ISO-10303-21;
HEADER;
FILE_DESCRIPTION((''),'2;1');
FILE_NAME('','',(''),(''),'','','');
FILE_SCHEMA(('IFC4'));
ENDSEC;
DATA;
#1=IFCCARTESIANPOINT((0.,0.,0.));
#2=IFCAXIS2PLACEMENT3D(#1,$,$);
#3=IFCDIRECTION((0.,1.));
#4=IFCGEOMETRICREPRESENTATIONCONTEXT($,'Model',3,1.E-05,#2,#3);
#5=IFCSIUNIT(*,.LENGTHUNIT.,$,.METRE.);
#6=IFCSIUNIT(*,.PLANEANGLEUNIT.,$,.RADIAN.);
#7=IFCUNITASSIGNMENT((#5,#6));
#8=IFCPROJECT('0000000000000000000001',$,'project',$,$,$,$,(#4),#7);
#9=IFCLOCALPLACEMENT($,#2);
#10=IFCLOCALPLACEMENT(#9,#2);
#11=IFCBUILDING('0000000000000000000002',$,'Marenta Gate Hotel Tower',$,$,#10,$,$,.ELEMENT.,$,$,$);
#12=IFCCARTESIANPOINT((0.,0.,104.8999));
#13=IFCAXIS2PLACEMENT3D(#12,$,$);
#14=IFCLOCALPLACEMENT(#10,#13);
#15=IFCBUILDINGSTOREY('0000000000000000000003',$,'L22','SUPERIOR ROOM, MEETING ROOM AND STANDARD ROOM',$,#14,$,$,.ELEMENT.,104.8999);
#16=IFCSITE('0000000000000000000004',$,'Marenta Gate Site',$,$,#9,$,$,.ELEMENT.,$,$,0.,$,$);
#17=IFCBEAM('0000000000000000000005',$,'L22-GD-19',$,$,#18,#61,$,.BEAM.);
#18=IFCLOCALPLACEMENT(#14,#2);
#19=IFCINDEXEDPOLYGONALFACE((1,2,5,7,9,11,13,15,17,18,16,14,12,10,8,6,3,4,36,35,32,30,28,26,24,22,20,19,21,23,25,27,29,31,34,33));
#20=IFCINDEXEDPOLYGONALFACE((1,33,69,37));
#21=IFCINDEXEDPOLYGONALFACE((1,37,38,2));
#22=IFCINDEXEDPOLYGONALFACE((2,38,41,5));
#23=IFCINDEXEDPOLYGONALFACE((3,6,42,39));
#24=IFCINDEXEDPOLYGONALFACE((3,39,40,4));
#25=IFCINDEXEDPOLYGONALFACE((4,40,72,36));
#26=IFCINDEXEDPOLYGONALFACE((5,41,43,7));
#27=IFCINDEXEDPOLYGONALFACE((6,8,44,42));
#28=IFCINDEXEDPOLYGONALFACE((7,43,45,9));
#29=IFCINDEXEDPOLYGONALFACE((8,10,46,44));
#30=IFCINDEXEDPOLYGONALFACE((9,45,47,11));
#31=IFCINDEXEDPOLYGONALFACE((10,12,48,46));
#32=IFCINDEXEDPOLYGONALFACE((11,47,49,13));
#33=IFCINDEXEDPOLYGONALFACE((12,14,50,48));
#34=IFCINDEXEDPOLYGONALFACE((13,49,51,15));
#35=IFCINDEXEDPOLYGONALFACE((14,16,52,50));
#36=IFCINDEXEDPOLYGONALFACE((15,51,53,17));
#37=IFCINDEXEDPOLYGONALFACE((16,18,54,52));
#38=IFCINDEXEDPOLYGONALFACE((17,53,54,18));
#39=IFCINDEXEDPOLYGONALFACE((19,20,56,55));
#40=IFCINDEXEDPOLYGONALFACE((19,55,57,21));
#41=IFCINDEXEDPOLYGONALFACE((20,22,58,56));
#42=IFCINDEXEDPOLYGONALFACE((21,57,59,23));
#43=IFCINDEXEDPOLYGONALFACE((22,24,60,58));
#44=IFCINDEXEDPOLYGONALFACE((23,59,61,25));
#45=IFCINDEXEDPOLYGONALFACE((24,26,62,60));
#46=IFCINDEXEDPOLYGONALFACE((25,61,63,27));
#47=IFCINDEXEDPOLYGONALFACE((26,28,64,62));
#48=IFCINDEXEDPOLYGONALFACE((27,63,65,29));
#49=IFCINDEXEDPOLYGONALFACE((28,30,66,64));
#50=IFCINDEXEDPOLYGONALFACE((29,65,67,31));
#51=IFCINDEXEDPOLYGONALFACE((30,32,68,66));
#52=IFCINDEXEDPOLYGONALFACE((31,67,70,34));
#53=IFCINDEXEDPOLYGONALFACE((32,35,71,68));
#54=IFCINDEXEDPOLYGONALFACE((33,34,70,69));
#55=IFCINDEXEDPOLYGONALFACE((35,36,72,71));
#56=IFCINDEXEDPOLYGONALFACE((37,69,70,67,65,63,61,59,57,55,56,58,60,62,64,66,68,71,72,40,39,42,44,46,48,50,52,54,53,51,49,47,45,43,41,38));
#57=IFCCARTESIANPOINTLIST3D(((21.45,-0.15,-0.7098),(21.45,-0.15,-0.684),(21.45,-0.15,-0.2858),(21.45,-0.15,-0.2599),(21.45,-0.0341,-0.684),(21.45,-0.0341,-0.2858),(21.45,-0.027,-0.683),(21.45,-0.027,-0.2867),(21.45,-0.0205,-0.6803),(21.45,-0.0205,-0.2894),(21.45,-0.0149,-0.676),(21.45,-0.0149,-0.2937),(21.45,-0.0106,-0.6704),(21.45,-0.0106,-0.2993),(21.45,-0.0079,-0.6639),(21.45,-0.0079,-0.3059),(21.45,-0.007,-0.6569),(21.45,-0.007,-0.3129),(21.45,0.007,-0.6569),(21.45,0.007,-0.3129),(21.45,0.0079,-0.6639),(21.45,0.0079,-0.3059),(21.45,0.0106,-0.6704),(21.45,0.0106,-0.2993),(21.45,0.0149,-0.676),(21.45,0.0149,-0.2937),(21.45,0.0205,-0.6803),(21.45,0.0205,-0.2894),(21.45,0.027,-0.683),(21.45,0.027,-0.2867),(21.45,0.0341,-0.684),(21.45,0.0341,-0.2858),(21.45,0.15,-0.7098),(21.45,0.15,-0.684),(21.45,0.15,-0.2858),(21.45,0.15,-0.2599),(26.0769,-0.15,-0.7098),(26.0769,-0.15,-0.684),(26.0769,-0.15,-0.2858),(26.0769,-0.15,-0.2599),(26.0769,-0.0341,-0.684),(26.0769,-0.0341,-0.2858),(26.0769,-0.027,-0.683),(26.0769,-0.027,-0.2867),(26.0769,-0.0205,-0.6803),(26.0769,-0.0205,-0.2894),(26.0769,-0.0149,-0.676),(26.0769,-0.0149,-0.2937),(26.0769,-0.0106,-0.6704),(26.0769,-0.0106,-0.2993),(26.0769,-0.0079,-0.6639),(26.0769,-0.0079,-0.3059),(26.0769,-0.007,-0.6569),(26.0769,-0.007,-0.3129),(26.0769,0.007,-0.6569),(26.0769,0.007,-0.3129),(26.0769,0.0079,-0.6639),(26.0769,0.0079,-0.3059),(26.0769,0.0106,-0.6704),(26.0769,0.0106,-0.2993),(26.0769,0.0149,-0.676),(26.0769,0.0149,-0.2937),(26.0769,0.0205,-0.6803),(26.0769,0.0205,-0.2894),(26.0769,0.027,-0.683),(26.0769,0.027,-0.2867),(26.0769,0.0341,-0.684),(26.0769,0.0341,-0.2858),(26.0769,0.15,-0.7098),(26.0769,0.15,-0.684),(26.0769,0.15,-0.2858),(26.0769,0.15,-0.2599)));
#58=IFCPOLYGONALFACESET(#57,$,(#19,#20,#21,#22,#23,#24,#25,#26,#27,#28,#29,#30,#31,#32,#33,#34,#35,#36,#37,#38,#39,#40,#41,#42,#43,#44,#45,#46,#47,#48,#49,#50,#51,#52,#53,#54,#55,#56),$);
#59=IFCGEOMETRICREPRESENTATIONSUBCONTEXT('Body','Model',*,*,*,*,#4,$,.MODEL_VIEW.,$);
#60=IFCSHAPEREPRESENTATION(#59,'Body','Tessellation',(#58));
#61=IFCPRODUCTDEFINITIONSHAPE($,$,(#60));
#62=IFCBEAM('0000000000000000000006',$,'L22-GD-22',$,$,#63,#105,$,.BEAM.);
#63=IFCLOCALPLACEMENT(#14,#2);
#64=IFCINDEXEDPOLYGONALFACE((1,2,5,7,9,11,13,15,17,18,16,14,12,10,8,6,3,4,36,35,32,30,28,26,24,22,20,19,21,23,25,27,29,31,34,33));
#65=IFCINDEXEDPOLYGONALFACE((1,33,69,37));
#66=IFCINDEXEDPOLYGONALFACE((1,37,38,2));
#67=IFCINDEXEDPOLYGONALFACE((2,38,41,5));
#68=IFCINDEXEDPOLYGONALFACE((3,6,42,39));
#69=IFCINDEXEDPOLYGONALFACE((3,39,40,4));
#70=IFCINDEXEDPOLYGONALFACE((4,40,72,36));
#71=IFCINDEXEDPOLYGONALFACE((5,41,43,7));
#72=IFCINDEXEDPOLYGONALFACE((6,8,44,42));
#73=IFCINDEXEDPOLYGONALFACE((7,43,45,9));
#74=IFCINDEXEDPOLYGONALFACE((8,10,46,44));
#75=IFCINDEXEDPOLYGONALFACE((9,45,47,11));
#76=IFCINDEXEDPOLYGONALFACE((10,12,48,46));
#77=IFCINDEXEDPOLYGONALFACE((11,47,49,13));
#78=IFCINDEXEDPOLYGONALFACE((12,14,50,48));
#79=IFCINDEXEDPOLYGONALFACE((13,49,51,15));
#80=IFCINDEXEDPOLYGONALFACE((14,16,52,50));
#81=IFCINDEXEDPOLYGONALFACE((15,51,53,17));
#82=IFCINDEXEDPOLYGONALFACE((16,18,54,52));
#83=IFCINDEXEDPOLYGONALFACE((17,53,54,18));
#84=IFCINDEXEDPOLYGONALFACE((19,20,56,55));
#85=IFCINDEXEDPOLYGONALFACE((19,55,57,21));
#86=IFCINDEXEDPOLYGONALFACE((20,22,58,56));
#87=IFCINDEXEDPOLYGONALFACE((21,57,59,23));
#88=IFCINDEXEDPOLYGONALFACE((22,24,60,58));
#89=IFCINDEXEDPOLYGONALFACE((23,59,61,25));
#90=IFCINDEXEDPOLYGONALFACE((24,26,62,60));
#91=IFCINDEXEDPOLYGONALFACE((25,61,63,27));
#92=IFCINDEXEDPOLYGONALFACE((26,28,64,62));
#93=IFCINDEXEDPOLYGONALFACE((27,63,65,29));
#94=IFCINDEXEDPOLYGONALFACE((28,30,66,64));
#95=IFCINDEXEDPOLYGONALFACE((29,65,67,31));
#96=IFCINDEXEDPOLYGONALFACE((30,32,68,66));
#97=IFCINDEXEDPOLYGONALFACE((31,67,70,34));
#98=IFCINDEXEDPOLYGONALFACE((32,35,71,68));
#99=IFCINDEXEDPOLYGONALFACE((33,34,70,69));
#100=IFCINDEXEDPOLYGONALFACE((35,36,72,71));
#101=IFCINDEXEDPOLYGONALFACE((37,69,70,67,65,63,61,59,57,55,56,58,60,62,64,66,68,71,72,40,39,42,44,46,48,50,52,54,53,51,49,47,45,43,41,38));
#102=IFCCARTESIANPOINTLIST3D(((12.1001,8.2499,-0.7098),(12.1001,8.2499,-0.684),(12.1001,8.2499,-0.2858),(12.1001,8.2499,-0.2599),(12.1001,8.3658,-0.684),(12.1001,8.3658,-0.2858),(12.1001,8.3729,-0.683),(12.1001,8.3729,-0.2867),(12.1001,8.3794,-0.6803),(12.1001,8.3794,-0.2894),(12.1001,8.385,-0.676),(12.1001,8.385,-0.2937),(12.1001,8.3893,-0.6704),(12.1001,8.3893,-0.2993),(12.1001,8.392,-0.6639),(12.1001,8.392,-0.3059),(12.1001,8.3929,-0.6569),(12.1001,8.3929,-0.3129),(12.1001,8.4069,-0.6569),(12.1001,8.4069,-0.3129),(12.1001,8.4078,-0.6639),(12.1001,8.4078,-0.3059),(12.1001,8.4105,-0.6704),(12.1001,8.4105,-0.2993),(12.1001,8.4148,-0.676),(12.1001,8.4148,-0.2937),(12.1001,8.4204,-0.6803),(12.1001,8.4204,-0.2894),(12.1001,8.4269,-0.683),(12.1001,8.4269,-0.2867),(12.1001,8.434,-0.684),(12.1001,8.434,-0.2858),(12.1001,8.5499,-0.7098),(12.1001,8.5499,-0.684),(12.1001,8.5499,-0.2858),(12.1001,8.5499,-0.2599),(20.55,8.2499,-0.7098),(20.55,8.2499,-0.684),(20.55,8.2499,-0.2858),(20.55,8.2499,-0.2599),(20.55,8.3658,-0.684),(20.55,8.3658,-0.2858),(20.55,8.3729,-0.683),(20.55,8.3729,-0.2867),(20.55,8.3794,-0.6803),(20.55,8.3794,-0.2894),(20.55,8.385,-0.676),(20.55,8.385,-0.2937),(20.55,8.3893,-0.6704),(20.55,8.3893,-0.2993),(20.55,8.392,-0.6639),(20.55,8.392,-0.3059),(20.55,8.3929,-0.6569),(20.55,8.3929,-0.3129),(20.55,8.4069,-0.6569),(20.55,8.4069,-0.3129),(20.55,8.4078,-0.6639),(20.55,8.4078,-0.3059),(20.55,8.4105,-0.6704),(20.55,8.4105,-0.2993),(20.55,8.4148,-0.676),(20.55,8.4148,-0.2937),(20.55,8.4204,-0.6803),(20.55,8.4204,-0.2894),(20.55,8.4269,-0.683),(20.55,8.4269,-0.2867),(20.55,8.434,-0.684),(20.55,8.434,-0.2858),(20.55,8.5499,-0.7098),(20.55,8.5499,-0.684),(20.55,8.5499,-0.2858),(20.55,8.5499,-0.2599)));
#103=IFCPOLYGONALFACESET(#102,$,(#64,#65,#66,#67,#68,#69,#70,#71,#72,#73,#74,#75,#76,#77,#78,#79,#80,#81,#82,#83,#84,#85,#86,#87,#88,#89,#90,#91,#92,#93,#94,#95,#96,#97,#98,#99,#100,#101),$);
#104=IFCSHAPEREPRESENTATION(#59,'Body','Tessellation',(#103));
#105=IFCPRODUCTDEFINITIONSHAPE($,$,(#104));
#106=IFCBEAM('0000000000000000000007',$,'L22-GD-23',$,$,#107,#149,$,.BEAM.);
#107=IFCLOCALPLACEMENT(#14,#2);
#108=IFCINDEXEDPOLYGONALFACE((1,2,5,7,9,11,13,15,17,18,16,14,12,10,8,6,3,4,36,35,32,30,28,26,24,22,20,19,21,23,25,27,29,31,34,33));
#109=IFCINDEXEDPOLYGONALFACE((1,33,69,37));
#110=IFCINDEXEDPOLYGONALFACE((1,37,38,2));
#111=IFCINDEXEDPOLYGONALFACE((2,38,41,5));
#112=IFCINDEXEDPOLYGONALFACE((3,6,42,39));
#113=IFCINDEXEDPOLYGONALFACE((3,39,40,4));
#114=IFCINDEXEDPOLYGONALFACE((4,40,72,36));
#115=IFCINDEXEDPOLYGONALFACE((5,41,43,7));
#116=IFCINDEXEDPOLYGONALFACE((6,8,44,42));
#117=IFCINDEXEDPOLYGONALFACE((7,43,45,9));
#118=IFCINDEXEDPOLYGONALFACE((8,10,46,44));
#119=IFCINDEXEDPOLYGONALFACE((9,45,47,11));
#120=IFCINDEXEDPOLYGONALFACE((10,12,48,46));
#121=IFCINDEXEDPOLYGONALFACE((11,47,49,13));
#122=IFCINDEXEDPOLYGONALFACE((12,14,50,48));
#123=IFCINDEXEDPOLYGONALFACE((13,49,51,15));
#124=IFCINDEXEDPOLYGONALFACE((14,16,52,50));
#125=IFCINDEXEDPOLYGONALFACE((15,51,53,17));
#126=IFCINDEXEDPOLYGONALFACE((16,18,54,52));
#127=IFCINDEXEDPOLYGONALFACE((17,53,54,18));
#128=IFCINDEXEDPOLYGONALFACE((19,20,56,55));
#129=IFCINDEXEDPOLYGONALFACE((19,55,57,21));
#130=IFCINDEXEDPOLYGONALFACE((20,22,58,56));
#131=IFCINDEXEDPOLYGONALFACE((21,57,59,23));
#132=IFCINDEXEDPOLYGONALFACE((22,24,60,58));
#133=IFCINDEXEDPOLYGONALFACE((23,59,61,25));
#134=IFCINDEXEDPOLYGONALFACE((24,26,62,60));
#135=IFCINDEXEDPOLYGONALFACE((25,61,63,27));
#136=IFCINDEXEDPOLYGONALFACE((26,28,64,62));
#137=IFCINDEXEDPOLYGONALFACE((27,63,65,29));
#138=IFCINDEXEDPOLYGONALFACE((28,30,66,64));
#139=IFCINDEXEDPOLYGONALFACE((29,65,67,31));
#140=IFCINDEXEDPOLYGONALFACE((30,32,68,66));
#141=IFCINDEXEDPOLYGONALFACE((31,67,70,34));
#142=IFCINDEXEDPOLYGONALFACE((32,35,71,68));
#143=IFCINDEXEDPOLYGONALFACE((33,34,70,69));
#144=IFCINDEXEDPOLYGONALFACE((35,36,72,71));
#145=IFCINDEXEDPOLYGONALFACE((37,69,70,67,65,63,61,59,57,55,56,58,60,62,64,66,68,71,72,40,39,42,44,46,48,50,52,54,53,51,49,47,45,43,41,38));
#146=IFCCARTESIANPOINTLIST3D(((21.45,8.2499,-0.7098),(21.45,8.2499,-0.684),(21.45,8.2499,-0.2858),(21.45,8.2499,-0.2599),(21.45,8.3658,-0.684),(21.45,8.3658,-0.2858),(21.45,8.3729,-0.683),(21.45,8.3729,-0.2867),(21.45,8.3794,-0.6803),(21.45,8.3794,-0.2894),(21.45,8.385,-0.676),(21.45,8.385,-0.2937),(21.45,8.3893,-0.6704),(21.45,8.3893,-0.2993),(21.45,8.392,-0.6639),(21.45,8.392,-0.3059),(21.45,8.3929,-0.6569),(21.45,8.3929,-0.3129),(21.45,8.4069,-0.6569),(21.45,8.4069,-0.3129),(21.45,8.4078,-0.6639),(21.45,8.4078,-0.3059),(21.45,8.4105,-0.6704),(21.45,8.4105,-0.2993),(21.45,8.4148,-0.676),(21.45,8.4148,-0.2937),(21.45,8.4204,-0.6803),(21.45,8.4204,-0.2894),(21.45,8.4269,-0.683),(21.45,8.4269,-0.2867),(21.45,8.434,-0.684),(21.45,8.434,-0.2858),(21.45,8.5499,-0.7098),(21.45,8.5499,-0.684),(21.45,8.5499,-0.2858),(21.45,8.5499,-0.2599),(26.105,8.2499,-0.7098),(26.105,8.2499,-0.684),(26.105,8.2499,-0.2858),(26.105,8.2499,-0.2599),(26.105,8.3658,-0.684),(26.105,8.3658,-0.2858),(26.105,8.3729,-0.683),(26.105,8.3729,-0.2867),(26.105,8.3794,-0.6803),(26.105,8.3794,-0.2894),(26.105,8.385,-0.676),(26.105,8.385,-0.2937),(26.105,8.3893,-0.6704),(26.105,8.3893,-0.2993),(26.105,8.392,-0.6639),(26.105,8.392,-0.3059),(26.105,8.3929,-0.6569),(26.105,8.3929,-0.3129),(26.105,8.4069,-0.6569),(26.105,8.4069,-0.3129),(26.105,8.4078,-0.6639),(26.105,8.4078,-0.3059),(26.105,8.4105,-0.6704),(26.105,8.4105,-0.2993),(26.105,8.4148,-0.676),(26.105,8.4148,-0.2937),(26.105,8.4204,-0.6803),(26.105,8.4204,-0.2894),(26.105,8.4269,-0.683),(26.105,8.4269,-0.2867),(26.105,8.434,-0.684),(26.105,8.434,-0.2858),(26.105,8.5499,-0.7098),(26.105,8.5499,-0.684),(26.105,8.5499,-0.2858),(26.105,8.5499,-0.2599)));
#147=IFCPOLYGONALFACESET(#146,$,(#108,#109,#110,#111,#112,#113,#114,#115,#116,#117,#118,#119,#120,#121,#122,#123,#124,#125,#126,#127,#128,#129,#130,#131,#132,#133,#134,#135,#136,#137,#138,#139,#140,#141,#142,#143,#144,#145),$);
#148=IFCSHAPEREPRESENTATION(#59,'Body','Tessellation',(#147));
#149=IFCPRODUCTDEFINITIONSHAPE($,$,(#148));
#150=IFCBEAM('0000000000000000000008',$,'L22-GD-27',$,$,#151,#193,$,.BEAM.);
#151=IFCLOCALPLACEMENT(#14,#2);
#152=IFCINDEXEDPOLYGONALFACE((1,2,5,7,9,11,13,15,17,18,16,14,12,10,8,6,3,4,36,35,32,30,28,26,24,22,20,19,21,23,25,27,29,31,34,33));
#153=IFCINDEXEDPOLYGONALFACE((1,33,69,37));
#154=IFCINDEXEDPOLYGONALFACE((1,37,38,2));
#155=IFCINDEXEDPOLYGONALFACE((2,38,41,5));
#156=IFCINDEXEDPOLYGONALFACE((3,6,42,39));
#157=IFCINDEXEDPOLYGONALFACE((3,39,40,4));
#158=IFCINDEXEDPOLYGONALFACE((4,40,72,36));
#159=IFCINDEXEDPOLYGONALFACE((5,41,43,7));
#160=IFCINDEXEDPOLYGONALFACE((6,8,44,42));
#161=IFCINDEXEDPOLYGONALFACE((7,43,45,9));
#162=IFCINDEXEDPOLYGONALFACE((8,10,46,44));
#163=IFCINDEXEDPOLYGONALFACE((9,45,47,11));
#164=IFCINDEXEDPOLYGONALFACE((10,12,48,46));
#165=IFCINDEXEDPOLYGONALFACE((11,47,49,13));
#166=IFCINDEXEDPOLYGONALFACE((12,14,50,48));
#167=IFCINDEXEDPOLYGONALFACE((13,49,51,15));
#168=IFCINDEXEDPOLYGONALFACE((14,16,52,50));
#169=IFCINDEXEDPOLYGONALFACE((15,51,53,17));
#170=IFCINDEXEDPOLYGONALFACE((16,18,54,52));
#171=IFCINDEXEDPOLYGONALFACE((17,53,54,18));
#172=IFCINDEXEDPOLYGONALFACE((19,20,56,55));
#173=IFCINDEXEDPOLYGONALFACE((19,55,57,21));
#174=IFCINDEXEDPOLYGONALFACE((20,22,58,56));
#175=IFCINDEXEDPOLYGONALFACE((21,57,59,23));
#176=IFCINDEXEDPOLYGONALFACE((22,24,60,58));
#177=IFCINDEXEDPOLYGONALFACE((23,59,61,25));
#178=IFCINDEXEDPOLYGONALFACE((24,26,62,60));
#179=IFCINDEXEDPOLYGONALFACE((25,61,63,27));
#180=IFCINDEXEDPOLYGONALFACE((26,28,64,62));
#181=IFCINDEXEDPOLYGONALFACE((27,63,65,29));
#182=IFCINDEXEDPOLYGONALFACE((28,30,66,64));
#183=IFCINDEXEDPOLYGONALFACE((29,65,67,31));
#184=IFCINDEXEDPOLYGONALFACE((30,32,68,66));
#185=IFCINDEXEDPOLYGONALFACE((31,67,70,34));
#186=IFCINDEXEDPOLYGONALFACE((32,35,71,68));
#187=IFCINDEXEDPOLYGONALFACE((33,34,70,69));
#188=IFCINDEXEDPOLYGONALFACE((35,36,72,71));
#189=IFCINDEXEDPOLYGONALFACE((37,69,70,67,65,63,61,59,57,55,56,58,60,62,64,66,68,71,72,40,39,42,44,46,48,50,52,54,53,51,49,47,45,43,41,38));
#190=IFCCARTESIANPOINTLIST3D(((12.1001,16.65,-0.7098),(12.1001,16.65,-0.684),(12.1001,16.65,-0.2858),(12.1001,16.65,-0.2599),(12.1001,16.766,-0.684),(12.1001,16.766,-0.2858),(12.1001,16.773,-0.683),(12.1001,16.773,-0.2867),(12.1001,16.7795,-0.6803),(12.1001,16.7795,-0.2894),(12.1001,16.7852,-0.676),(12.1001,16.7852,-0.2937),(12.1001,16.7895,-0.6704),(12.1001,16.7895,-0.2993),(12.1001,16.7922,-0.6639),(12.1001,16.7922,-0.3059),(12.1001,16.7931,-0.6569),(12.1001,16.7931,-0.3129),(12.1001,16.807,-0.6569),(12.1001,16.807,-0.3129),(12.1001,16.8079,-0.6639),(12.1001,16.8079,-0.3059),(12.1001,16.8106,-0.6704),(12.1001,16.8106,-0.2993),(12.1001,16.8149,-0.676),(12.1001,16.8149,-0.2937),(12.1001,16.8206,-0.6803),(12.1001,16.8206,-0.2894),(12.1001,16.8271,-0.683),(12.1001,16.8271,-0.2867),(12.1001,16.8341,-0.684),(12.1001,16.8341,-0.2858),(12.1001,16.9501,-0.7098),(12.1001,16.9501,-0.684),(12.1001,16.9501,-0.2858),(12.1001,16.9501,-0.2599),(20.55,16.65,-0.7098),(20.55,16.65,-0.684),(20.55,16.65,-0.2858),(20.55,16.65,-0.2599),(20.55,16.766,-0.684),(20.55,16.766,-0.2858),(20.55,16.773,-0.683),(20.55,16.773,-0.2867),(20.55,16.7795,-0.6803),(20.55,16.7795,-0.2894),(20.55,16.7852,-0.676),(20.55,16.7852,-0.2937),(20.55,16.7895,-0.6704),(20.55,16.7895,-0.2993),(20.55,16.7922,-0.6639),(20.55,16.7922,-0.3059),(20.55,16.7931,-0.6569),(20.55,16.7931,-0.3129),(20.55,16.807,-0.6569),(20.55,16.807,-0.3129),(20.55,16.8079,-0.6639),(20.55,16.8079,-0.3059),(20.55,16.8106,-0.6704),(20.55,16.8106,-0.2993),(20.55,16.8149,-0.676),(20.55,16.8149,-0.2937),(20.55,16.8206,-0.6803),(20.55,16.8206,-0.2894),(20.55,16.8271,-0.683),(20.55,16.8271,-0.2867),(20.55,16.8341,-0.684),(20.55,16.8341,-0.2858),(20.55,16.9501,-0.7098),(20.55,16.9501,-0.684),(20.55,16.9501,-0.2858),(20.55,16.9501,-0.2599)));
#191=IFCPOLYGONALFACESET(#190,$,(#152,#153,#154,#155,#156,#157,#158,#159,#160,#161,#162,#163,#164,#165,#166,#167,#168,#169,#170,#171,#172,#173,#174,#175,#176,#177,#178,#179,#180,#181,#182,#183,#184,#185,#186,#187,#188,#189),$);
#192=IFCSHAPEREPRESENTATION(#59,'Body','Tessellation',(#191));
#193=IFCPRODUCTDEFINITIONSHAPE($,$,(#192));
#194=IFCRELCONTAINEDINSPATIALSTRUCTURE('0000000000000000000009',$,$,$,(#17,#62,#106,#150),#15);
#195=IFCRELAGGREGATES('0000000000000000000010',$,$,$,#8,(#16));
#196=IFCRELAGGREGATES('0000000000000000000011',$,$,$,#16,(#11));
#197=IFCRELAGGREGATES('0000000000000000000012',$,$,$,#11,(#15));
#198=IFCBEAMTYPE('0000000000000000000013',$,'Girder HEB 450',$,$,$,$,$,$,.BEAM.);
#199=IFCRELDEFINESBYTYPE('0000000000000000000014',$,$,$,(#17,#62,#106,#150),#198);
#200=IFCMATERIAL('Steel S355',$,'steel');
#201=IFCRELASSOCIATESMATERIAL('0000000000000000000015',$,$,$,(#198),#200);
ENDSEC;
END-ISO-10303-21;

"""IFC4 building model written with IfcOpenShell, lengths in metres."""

from ifc_helpers import new_model, si_unit, direction, frame, origin, origin_2d, place, context, subcontext, project, spatial, i_section, extrude, material, material_profile, profile_set, type_object, element, save


model = new_model("IFC4")

# Units and contexts
model_context = context("Model", 3, precision=1e-05, world=origin(), true_north=direction((0.0, 1.0)))
body_context = subcontext(model_context, "Body", "Model", "MODEL_VIEW")
ifc_project = project(units=[si_unit("LENGTHUNIT", "METRE"), si_unit("PLANEANGLEUNIT", "RADIAN")], contexts=[model_context])

# Site, building, storey
site_placement = place(None, origin())
site = spatial("IfcSite", under=ifc_project, at=site_placement, Name="Marenta Gate Site", CompositionType="ELEMENT", RefElevation=0.0)
building_placement = place(site_placement, origin())
building = spatial("IfcBuilding", under=site, at=building_placement, Name="Marenta Gate Hotel Tower", CompositionType="ELEMENT")
storey_placement = place(building_placement, frame((0.0, 0.0, 104.8999)))
storey = spatial("IfcBuildingStorey", under=building, at=storey_placement, Name="L22", Description="SUPERIOR ROOM, MEETING ROOM AND STANDARD ROOM", CompositionType="ELEMENT", Elevation=104.8999)

# Beams
ifc_material_1 = material(Name="Steel S355", Category="steel")
ifc_material_profile_1 = material_profile(ifc_material_1, i_section(OverallWidth=0.3, OverallDepth=0.45, WebThickness=0.0139, FlangeThickness=0.0259, FilletRadius=0.0271, at=origin_2d()), Name="HEB 450")
ifc_profile_set_1 = profile_set([ifc_material_profile_1], Name="Steel S355")
beam_type_1 = type_object("IfcBeamType", Name="Girder HEB 450", PredefinedType="BEAM", material=ifc_profile_set_1)
beam_1_placement = place(storey_placement, frame((21.45, 0.0, -0.4849), z_axis=(1.0, 0.0, 0.0), x_axis=(0.0, 1.0, 0.0)))
element("IfcBeam", 1, at=beam_1_placement, inside=storey, type_object=beam_type_1, Name="L22-GD-19", PredefinedType="BEAM", context=body_context, shape_type="SweptSolid", body=[
    extrude(i_section(OverallWidth=0.3, OverallDepth=0.45, WebThickness=0.0139, FlangeThickness=0.0259, FilletRadius=0.0271, at=origin_2d()), origin(), (0.0, 0.0, 1.0), 4.627),
])
beam_2_placement = place(storey_placement, frame((12.1001, 8.3999, -0.4849), z_axis=(1.0, 0.0, 0.0), x_axis=(0.0, 1.0, 0.0)))
element("IfcBeam", 2, at=beam_2_placement, inside=storey, type_object=beam_type_1, Name="L22-GD-22", PredefinedType="BEAM", context=body_context, shape_type="SweptSolid", body=[
    extrude(i_section(OverallWidth=0.3, OverallDepth=0.45, WebThickness=0.0139, FlangeThickness=0.0259, FilletRadius=0.0271, at=origin_2d()), origin(), (0.0, 0.0, 1.0), 8.45),
])
beam_3_placement = place(storey_placement, frame((21.45, 8.3999, -0.4849), z_axis=(1.0, 0.0, 0.0), x_axis=(0.0, 1.0, 0.0)))
element("IfcBeam", 3, at=beam_3_placement, inside=storey, type_object=beam_type_1, Name="L22-GD-23", PredefinedType="BEAM", context=body_context, shape_type="SweptSolid", body=[
    extrude(i_section(OverallWidth=0.3, OverallDepth=0.45, WebThickness=0.0139, FlangeThickness=0.0259, FilletRadius=0.0271, at=origin_2d()), origin(), (0.0, 0.0, 1.0), 4.655),
])
beam_4_placement = place(storey_placement, frame((12.1001, 16.8, -0.4849), z_axis=(1.0, 0.0, 0.0), x_axis=(0.0, 1.0, 0.0)))
element("IfcBeam", 4, at=beam_4_placement, inside=storey, type_object=beam_type_1, Name="L22-GD-27", PredefinedType="BEAM", context=body_context, shape_type="SweptSolid", body=[
    extrude(i_section(OverallWidth=0.3, OverallDepth=0.45, WebThickness=0.0139, FlangeThickness=0.0259, FilletRadius=0.0271, at=origin_2d()), origin(), (0.0, 0.0, 1.0), 8.45),
])

save(model, "model.ifc")
